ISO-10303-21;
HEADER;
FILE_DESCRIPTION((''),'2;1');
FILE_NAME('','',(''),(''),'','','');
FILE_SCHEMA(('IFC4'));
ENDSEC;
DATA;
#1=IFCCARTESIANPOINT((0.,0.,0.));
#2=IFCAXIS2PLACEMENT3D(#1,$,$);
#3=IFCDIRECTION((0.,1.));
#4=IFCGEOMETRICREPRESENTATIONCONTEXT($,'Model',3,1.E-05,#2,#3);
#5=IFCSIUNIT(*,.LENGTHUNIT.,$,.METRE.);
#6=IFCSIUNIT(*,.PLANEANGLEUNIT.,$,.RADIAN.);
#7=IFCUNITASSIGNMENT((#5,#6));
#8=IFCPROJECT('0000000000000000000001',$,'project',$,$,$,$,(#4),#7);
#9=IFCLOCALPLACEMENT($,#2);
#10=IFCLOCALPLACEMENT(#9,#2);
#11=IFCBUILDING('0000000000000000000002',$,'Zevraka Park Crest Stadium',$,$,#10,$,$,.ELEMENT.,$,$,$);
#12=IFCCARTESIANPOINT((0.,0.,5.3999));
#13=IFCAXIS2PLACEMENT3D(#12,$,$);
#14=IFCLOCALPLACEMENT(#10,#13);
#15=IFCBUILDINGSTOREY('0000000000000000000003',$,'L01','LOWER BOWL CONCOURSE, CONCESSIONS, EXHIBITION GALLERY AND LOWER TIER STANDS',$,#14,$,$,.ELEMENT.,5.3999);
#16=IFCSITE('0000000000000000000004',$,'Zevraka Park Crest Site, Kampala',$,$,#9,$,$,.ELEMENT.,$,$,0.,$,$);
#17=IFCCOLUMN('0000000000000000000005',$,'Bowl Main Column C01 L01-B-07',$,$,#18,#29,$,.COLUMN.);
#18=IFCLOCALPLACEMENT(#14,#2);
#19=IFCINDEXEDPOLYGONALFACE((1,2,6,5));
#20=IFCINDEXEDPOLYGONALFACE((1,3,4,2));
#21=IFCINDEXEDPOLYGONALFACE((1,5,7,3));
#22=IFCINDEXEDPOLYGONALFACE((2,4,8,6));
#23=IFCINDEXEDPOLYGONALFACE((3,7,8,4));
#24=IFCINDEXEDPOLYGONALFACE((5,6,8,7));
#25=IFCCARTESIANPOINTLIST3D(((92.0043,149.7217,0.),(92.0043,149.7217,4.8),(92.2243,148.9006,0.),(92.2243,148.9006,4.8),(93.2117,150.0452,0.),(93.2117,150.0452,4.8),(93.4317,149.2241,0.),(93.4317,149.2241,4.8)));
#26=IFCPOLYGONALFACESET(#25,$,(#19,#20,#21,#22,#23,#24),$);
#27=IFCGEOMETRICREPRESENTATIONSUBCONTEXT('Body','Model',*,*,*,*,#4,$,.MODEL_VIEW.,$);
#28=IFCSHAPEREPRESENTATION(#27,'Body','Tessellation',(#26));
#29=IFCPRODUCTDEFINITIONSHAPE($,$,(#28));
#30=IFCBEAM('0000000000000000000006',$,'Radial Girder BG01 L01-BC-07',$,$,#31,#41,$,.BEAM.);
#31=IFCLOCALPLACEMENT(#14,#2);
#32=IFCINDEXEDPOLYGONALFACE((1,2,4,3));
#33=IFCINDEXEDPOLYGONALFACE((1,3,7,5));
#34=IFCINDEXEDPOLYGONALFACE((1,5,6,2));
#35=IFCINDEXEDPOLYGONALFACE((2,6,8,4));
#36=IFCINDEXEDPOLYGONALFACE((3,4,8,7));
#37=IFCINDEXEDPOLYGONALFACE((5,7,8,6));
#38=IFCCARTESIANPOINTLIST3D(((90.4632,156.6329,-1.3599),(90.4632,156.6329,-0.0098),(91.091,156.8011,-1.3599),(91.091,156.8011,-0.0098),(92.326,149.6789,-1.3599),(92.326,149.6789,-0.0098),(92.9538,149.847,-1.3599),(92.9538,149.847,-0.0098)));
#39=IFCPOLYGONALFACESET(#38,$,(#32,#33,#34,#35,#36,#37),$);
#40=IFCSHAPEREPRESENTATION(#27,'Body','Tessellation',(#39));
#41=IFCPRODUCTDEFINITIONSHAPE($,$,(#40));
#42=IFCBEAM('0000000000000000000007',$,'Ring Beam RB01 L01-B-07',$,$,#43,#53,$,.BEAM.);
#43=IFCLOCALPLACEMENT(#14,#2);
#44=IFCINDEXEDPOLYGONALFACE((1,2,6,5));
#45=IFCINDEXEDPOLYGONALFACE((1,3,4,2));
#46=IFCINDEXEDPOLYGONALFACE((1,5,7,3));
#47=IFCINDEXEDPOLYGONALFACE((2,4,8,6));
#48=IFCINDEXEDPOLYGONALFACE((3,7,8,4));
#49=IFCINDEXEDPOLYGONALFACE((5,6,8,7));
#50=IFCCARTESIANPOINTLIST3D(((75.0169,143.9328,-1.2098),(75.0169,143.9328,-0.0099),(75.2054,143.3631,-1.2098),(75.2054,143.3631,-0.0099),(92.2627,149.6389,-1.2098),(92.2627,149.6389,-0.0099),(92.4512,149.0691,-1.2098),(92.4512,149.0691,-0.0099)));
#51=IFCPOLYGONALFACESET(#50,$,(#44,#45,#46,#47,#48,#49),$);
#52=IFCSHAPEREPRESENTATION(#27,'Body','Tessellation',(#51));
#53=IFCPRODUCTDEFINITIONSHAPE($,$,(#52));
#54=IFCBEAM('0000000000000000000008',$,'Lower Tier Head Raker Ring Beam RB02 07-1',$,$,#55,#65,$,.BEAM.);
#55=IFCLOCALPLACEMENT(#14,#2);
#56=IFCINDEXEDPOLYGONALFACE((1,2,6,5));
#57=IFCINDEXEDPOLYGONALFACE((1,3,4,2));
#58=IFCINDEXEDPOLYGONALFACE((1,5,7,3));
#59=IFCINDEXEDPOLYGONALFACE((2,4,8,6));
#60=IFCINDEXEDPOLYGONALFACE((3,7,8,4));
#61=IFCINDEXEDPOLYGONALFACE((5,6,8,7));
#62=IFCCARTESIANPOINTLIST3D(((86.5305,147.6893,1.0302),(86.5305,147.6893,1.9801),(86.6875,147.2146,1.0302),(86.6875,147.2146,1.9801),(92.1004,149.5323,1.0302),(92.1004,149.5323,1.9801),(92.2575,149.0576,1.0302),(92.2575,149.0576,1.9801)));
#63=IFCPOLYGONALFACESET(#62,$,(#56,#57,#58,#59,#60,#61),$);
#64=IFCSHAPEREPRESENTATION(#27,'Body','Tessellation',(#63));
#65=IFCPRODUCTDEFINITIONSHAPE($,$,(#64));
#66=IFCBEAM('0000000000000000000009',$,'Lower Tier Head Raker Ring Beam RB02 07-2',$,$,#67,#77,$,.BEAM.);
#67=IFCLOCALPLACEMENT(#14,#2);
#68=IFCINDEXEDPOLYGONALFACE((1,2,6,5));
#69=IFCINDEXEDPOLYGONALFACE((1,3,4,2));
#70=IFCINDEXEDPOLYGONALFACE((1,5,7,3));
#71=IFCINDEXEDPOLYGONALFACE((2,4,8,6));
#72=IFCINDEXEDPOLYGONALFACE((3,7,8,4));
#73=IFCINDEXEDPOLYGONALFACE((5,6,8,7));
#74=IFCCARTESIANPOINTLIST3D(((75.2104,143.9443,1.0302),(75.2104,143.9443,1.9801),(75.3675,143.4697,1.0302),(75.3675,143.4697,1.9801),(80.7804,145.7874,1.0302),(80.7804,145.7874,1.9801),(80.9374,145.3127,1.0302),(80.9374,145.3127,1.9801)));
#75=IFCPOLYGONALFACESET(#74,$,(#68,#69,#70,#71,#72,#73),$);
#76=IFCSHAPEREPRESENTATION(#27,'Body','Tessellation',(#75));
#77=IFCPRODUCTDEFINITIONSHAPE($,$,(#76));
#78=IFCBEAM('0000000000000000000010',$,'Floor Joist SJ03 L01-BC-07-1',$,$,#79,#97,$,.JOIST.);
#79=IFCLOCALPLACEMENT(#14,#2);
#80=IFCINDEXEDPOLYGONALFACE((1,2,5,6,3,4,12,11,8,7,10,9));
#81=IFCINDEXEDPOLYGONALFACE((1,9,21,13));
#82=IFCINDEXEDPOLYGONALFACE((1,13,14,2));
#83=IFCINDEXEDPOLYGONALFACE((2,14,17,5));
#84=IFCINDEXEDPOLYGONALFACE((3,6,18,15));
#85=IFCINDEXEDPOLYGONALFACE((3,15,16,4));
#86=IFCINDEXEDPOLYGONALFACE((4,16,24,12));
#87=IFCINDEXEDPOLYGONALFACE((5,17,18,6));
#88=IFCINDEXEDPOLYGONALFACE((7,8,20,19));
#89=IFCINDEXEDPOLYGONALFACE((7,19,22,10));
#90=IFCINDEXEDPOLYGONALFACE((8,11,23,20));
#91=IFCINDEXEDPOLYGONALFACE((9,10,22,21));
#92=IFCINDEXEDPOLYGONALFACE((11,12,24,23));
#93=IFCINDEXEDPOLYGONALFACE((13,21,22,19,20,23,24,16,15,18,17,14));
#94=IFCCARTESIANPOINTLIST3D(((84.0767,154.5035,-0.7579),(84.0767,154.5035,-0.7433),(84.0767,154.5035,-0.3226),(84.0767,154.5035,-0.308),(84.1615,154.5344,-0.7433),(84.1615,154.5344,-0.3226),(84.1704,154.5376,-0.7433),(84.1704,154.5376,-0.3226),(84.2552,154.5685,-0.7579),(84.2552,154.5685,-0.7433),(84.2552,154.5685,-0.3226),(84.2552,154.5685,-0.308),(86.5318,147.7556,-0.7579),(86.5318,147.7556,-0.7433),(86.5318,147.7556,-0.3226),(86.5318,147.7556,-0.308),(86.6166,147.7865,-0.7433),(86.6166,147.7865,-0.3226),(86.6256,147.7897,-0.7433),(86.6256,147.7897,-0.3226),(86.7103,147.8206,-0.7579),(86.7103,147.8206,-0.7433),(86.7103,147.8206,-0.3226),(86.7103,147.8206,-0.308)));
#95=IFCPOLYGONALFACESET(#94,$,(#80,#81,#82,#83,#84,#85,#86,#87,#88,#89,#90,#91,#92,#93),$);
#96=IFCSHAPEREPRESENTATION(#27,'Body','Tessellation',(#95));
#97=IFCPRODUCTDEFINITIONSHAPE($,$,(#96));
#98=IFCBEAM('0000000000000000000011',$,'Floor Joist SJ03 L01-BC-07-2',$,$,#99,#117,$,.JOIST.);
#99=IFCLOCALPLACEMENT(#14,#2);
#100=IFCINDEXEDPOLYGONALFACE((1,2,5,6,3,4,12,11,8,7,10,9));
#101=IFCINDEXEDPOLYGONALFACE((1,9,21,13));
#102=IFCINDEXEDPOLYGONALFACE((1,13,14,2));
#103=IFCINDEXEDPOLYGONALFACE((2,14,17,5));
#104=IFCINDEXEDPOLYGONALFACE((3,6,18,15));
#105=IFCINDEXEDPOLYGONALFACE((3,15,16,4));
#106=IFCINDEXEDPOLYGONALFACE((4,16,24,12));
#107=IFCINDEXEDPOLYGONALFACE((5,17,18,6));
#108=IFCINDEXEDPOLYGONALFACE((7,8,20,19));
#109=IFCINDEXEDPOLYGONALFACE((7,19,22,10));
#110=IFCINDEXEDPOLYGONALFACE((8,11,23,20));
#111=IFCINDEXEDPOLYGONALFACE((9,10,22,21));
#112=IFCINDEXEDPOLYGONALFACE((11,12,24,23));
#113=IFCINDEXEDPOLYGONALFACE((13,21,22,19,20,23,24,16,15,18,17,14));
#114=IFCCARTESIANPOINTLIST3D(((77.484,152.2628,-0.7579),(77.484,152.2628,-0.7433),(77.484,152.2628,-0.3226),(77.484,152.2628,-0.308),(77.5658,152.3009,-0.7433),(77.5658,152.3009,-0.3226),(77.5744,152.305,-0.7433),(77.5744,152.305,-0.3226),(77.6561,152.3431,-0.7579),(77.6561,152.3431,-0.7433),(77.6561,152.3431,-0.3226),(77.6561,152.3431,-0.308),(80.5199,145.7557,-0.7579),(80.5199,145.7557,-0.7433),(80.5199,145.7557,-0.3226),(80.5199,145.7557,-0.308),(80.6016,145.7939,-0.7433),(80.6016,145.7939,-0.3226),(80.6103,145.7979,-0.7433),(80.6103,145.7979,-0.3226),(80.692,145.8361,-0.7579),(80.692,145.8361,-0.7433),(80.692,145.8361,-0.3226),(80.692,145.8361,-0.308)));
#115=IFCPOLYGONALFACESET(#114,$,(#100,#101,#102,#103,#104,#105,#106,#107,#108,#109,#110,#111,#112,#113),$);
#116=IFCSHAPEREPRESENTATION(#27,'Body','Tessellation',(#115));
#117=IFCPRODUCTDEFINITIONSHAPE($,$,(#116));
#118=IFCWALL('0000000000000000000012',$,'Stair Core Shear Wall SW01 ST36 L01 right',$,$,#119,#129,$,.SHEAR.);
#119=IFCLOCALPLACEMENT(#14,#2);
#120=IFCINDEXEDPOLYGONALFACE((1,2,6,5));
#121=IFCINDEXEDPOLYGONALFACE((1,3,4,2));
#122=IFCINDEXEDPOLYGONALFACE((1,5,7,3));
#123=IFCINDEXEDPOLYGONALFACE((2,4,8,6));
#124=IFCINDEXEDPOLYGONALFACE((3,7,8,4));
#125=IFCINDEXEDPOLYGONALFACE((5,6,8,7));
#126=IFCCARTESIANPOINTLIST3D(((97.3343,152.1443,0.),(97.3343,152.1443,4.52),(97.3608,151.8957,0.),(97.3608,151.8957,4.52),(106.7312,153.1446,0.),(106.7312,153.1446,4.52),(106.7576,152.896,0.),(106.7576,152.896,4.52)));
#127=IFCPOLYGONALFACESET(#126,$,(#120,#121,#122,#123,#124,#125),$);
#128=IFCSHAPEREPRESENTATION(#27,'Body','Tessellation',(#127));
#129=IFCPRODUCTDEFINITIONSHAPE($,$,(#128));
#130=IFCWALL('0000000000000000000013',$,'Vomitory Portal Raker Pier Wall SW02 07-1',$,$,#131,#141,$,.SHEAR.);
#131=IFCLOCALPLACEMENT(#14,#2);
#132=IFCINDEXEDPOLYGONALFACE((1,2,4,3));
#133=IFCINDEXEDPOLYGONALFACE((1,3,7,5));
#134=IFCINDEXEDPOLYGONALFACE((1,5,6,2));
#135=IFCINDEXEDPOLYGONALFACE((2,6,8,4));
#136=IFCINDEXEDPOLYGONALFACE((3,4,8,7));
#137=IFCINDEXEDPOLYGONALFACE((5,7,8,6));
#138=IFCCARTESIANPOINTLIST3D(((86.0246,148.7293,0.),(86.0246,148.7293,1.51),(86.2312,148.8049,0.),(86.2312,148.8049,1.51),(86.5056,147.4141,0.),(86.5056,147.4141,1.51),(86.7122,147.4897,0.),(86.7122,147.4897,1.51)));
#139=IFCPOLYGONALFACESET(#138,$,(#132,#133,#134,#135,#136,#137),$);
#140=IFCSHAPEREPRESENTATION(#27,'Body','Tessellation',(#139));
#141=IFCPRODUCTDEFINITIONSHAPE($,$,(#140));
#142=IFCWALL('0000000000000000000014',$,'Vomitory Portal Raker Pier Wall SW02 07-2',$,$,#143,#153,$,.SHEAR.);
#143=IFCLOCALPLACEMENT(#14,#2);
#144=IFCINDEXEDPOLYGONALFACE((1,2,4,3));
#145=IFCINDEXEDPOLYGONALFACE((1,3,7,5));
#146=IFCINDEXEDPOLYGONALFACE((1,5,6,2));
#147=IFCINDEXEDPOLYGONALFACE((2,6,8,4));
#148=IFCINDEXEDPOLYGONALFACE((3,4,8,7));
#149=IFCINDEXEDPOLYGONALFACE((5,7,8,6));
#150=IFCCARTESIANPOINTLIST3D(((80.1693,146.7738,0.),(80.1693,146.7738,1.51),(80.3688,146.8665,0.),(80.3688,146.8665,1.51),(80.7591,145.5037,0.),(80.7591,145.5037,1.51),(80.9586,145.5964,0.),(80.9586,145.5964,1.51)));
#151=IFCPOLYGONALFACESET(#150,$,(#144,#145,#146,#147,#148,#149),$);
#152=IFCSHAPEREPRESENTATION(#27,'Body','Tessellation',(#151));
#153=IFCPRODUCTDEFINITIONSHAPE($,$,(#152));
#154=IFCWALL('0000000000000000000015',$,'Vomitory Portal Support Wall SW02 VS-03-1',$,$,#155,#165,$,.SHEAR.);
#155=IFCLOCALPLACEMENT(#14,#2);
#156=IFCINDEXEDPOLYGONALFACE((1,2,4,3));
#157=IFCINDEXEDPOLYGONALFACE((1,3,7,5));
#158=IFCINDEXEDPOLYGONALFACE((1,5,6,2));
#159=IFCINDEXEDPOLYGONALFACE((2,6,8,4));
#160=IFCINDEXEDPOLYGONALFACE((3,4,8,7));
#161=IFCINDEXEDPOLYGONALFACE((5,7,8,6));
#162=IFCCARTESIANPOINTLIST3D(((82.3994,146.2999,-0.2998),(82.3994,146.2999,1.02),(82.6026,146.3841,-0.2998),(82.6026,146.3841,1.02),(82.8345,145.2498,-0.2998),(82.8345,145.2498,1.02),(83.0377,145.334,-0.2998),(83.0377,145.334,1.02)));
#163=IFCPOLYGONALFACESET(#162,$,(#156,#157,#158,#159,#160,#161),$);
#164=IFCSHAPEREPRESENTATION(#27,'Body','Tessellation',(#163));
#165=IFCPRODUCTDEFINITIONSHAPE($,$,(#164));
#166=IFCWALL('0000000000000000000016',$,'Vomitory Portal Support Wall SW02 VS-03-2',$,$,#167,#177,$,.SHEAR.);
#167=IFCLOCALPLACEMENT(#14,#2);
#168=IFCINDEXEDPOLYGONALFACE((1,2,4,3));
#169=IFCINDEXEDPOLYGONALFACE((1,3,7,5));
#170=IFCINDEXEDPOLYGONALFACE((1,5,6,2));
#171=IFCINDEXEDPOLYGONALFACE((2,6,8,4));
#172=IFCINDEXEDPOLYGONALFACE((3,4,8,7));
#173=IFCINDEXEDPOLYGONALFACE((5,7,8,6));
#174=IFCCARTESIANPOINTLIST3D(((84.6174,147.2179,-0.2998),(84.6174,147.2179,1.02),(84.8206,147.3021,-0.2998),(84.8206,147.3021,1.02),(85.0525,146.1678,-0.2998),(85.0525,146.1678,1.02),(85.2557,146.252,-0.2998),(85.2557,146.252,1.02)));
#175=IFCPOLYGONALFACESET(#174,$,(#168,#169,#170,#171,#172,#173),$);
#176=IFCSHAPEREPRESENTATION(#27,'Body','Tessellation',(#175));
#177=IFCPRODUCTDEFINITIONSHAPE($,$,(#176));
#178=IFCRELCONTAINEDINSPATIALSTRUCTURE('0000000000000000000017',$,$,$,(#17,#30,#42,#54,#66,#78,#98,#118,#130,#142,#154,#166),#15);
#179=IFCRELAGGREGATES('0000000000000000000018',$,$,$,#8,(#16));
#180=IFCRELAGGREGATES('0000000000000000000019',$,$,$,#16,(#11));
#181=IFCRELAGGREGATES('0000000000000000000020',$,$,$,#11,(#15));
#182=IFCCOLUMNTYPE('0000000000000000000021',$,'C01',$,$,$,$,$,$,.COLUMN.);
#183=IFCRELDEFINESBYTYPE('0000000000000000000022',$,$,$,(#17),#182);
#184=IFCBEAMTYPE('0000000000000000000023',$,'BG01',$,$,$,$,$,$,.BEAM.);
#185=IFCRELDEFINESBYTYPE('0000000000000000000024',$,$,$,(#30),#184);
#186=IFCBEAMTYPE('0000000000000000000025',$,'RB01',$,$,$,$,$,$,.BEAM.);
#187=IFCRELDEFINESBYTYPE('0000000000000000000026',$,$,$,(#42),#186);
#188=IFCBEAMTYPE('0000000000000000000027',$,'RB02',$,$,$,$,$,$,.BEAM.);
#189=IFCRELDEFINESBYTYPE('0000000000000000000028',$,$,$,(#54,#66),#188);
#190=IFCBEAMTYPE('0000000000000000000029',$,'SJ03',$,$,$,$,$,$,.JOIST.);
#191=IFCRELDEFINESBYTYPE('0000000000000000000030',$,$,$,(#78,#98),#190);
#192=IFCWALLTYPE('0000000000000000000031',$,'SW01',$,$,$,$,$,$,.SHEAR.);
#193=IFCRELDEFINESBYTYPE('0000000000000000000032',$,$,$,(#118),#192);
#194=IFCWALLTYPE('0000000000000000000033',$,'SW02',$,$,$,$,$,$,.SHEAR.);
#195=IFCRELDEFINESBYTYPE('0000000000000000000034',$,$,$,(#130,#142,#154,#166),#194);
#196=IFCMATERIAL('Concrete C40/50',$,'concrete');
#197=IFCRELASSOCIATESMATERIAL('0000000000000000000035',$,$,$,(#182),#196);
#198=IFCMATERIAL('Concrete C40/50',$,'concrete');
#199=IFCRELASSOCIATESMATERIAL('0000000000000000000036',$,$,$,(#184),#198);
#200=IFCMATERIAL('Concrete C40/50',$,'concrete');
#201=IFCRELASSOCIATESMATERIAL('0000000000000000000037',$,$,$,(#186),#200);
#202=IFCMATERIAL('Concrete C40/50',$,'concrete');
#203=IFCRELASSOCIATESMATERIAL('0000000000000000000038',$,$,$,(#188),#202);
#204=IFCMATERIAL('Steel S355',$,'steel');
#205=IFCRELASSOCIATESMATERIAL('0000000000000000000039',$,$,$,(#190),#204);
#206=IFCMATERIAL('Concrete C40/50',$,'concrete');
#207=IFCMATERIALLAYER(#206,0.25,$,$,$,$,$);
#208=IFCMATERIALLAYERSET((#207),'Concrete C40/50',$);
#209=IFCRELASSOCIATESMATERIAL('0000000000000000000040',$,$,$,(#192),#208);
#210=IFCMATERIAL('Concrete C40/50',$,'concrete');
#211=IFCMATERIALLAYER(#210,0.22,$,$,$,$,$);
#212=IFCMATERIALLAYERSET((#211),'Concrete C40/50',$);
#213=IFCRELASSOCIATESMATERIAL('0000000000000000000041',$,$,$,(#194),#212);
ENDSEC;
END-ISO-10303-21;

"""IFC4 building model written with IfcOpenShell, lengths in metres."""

from ifc_helpers import new_model, si_unit, direction, frame, frame_2d, origin, origin_2d, place, context, subcontext, project, spatial, rectangle, i_section, extrude, material, layer, layer_set, material_profile, profile_set, type_object, element, save


model = new_model("IFC4")

# Units and contexts
model_context = context("Model", 3, precision=1e-05, world=origin(), true_north=direction((0.0, 1.0)))
body_context = subcontext(model_context, "Body", "Model", "MODEL_VIEW")
ifc_project = project(units=[si_unit("LENGTHUNIT", "METRE"), si_unit("PLANEANGLEUNIT", "RADIAN")], contexts=[model_context])

# Site, building, storey
site_placement = place(None, origin())
site = spatial("IfcSite", under=ifc_project, at=site_placement, Name="Zevraka Park Crest Site, Kampala", CompositionType="ELEMENT", RefElevation=0.0)
building_placement = place(site_placement, origin())
building = spatial("IfcBuilding", under=site, at=building_placement, Name="Zevraka Park Crest Stadium", CompositionType="ELEMENT")
storey_placement = place(building_placement, frame((0.0, 0.0, 5.3999)))
storey = spatial("IfcBuildingStorey", under=building, at=storey_placement, Name="L01", Description="LOWER BOWL CONCOURSE, CONCESSIONS, EXHIBITION GALLERY AND LOWER TIER STANDS", CompositionType="ELEMENT", Elevation=5.3999)

# Column
ifc_material_1 = material(Name="Concrete C40/50", Category="concrete")
ifc_material_profile_1 = material_profile(ifc_material_1, rectangle(XDim=0.8501, YDim=1.25, at=origin_2d()), Name="RC 1250x850")
ifc_profile_set_1 = profile_set([ifc_material_profile_1], Name="Concrete C40/50")
column_type = type_object("IfcColumnType", Name="C01", PredefinedType="COLUMN", material=ifc_profile_set_1)
column_placement = place(storey_placement, frame((92.718, 149.4729, 0.0), z_axis=(0.0, 0.0, 1.0), x_axis=(-0.258819, 0.965926, 0.0)))
element("IfcColumn", 1, at=column_placement, inside=storey, type_object=column_type, Name="Bowl Main Column C01 L01-B-07", PredefinedType="COLUMN", context=body_context, shape_type="SweptSolid", body=[
    extrude(rectangle(XDim=0.8501, YDim=1.25, at=origin_2d()), origin(), (0.0, 0.0, 1.0), 4.8),
])

# Beams
ifc_material_2 = material(Name="Concrete C40/50", Category="concrete")
ifc_material_profile_2 = material_profile(ifc_material_2, rectangle(XDim=0.6499, YDim=1.3501, at=origin_2d()), Name="RC 1350x650")
ifc_profile_set_2 = profile_set([ifc_material_profile_2], Name="Concrete C40/50")
beam_type_1 = type_object("IfcBeamType", Name="BG01", PredefinedType="BEAM", material=ifc_profile_set_2)
beam_1_placement = place(storey_placement, frame((92.6399, 149.7629, -0.6848), z_axis=(-0.258747, 0.965945, 0.0), x_axis=(-0.965945, -0.258747, 0.0)))
element("IfcBeam", 2, at=beam_1_placement, inside=storey, type_object=beam_type_1, Name="Radial Girder BG01 L01-BC-07", PredefinedType="BEAM", context=body_context, shape_type="SweptSolid", body=[
    extrude(rectangle(XDim=0.6499, YDim=1.3501, at=origin_2d()), origin(), (0.0, 0.0, 1.0), 7.1992),
])
ifc_material_3 = material(Name="Concrete C40/50", Category="concrete")
ifc_material_profile_3 = material_profile(ifc_material_3, rectangle(XDim=0.6001, YDim=1.2, at=origin_2d()), Name="RC 1200x600")
ifc_profile_set_3 = profile_set([ifc_material_profile_3], Name="Concrete C40/50")
beam_type_2 = type_object("IfcBeamType", Name="RB01", PredefinedType="BEAM", material=ifc_profile_set_3)
beam_2_placement = place(storey_placement, frame((92.3569, 149.354, -0.6099), z_axis=(-0.949384, -0.314118, 0.0), x_axis=(0.314118, -0.949384, 0.0)))
element("IfcBeam", 3, at=beam_2_placement, inside=storey, type_object=beam_type_2, Name="Ring Beam RB01 L01-B-07", PredefinedType="BEAM", context=body_context, shape_type="SweptSolid", body=[
    extrude(rectangle(XDim=0.6001, YDim=1.2, at=origin_2d()), origin(), (0.0, 0.0, 1.0), 18.1653),
])
ifc_material_4 = material(Name="Concrete C40/50", Category="concrete")
ifc_material_profile_4 = material_profile(ifc_material_4, rectangle(XDim=0.5, YDim=0.95, at=origin_2d()), Name="RC 950x500")
ifc_profile_set_4 = profile_set([ifc_material_profile_4], Name="Concrete C40/50")
beam_type_3 = type_object("IfcBeamType", Name="RB02", PredefinedType="BEAM", material=ifc_profile_set_4)
for number, where, z_axis, x_axis, name in (
    (4, (92.179, 149.2949, 1.5051), (-0.94938, -0.31413, 0.0), (0.31413, -0.94938, 0.0), "Lower Tier Head Raker Ring Beam RB02 07-1"),
    (5, (80.8589, 145.55, 1.5051), (-0.949376, -0.314142, 0.0), (0.314142, -0.949376, 0.0), "Lower Tier Head Raker Ring Beam RB02 07-2"),
):
    element("IfcBeam", number, at=place(storey_placement, frame(where, z_axis=z_axis, x_axis=x_axis)), inside=storey, type_object=beam_type_3, Name=name, PredefinedType="BEAM", context=body_context, shape_type="SweptSolid", body=[
        extrude(rectangle(XDim=0.5, YDim=0.95, at=origin_2d()), origin(), (0.0, 0.0, 1.0), 5.8669),
    ])
ifc_material_5 = material(Name="Steel S355", Category="steel")
ifc_material_profile_5 = material_profile(ifc_material_5, i_section(OverallWidth=0.1899, OverallDepth=0.45, WebThickness=0.0095, FlangeThickness=0.0146, at=origin_2d()), Name="IPE 450")
ifc_profile_set_5 = profile_set([ifc_material_profile_5], Name="Steel S355")
beam_type_4 = type_object("IfcBeamType", Name="SJ03", PredefinedType="JOIST", material=ifc_profile_set_5)
beam_3_placement = place(storey_placement, frame((86.6211, 147.7881, -0.533), z_axis=(-0.341907, 0.939734, 0.0), x_axis=(-0.939734, -0.341907, 0.0)))
element("IfcBeam", 6, at=beam_3_placement, inside=storey, type_object=beam_type_4, Name="Floor Joist SJ03 L01-BC-07-1", PredefinedType="JOIST", context=body_context, shape_type="SweptSolid", body=[
    extrude(i_section(OverallWidth=0.1899, OverallDepth=0.45, WebThickness=0.0095, FlangeThickness=0.0146, at=origin_2d()), origin(), (0.0, 0.0, 1.0), 7.1807),
])
beam_4_placement = place(storey_placement, frame((80.606, 145.7959, -0.533), z_axis=(-0.4228, 0.906223, 0.0), x_axis=(-0.906223, -0.4228, 0.0)))
element("IfcBeam", 7, at=beam_4_placement, inside=storey, type_object=beam_type_4, Name="Floor Joist SJ03 L01-BC-07-2", PredefinedType="JOIST", context=body_context, shape_type="SweptSolid", body=[
    extrude(i_section(OverallWidth=0.1899, OverallDepth=0.45, WebThickness=0.0095, FlangeThickness=0.0146, at=origin_2d()), origin(), (0.0, 0.0, 1.0), 7.1804),
])

# Walls
ifc_material_6 = material(Name="Concrete C40/50", Category="concrete")
ifc_layer_1 = layer(ifc_material_6, 0.25)
ifc_layer_set_1 = layer_set([ifc_layer_1], Name="Concrete C40/50")
wall_type_1 = type_object("IfcWallType", Name="SW01", PredefinedType="SHEAR", material=ifc_layer_set_1)
wall_placement = place(storey_placement, frame((97.3474, 152.02, 0.0), z_axis=(0.0, 0.0, 1.0), x_axis=(0.994383, 0.105845, 0.0)))
element("IfcWall", 8, at=wall_placement, inside=storey, type_object=wall_type_1, Name="Stair Core Shear Wall SW01 ST36 L01 right", PredefinedType="SHEAR", context=body_context, shape_type="SweptSolid", body=[
    extrude(rectangle(XDim=9.45, YDim=0.25, at=frame_2d((4.7251, 0.0))), origin(), (0.0, 0.0, 1.0), 4.52),
])
ifc_material_7 = material(Name="Concrete C40/50", Category="concrete")
ifc_layer_2 = layer(ifc_material_7, 0.22)
ifc_layer_set_2 = layer_set([ifc_layer_2], Name="Concrete C40/50")
wall_type_2 = type_object("IfcWallType", Name="SW02", PredefinedType="SHEAR", material=ifc_layer_set_2)
for number, where, z_axis, x_axis, name in (
    (9, (86.6089, 147.4519, 0.0), (0.0, 0.0, 1.0), (-0.34345, 0.939171, 0.0), "Vomitory Portal Raker Pier Wall SW02 07-1"),
    (10, (80.8589, 145.55, 0.0), (0.0, 0.0, 1.0), (-0.421224, 0.906957, 0.0), "Vomitory Portal Raker Pier Wall SW02 07-2"),
):
    element("IfcWall", number, at=place(storey_placement, frame(where, z_axis=z_axis, x_axis=x_axis)), inside=storey, type_object=wall_type_2, Name=name, PredefinedType="SHEAR", context=body_context, shape_type="SweptSolid", body=[
        extrude(rectangle(XDim=1.4004, YDim=0.22, at=frame_2d((0.7002, 0.0))), origin(), (0.0, 0.0, 1.0), 1.51),
    ])
for number, where, z_axis, x_axis, name in (
    (11, (82.501, 146.342, -0.2998), (0.0, 0.0, 1.0), (0.382769, -0.923844, 0.0), "Vomitory Portal Support Wall SW02 VS-03-1"),
    (12, (84.719, 147.26, -0.2998), (0.0, 0.0, 1.0), (0.382769, -0.923844, 0.0), "Vomitory Portal Support Wall SW02 VS-03-2"),
):
    element("IfcWall", number, at=place(storey_placement, frame(where, z_axis=z_axis, x_axis=x_axis)), inside=storey, type_object=wall_type_2, Name=name, PredefinedType="SHEAR", context=body_context, shape_type="SweptSolid", body=[
        extrude(rectangle(XDim=1.1367, YDim=0.22, at=frame_2d((0.5684, 0.0))), origin(), (0.0, 0.0, 1.0), 1.3198),
    ])

save(model, "model.ifc")
